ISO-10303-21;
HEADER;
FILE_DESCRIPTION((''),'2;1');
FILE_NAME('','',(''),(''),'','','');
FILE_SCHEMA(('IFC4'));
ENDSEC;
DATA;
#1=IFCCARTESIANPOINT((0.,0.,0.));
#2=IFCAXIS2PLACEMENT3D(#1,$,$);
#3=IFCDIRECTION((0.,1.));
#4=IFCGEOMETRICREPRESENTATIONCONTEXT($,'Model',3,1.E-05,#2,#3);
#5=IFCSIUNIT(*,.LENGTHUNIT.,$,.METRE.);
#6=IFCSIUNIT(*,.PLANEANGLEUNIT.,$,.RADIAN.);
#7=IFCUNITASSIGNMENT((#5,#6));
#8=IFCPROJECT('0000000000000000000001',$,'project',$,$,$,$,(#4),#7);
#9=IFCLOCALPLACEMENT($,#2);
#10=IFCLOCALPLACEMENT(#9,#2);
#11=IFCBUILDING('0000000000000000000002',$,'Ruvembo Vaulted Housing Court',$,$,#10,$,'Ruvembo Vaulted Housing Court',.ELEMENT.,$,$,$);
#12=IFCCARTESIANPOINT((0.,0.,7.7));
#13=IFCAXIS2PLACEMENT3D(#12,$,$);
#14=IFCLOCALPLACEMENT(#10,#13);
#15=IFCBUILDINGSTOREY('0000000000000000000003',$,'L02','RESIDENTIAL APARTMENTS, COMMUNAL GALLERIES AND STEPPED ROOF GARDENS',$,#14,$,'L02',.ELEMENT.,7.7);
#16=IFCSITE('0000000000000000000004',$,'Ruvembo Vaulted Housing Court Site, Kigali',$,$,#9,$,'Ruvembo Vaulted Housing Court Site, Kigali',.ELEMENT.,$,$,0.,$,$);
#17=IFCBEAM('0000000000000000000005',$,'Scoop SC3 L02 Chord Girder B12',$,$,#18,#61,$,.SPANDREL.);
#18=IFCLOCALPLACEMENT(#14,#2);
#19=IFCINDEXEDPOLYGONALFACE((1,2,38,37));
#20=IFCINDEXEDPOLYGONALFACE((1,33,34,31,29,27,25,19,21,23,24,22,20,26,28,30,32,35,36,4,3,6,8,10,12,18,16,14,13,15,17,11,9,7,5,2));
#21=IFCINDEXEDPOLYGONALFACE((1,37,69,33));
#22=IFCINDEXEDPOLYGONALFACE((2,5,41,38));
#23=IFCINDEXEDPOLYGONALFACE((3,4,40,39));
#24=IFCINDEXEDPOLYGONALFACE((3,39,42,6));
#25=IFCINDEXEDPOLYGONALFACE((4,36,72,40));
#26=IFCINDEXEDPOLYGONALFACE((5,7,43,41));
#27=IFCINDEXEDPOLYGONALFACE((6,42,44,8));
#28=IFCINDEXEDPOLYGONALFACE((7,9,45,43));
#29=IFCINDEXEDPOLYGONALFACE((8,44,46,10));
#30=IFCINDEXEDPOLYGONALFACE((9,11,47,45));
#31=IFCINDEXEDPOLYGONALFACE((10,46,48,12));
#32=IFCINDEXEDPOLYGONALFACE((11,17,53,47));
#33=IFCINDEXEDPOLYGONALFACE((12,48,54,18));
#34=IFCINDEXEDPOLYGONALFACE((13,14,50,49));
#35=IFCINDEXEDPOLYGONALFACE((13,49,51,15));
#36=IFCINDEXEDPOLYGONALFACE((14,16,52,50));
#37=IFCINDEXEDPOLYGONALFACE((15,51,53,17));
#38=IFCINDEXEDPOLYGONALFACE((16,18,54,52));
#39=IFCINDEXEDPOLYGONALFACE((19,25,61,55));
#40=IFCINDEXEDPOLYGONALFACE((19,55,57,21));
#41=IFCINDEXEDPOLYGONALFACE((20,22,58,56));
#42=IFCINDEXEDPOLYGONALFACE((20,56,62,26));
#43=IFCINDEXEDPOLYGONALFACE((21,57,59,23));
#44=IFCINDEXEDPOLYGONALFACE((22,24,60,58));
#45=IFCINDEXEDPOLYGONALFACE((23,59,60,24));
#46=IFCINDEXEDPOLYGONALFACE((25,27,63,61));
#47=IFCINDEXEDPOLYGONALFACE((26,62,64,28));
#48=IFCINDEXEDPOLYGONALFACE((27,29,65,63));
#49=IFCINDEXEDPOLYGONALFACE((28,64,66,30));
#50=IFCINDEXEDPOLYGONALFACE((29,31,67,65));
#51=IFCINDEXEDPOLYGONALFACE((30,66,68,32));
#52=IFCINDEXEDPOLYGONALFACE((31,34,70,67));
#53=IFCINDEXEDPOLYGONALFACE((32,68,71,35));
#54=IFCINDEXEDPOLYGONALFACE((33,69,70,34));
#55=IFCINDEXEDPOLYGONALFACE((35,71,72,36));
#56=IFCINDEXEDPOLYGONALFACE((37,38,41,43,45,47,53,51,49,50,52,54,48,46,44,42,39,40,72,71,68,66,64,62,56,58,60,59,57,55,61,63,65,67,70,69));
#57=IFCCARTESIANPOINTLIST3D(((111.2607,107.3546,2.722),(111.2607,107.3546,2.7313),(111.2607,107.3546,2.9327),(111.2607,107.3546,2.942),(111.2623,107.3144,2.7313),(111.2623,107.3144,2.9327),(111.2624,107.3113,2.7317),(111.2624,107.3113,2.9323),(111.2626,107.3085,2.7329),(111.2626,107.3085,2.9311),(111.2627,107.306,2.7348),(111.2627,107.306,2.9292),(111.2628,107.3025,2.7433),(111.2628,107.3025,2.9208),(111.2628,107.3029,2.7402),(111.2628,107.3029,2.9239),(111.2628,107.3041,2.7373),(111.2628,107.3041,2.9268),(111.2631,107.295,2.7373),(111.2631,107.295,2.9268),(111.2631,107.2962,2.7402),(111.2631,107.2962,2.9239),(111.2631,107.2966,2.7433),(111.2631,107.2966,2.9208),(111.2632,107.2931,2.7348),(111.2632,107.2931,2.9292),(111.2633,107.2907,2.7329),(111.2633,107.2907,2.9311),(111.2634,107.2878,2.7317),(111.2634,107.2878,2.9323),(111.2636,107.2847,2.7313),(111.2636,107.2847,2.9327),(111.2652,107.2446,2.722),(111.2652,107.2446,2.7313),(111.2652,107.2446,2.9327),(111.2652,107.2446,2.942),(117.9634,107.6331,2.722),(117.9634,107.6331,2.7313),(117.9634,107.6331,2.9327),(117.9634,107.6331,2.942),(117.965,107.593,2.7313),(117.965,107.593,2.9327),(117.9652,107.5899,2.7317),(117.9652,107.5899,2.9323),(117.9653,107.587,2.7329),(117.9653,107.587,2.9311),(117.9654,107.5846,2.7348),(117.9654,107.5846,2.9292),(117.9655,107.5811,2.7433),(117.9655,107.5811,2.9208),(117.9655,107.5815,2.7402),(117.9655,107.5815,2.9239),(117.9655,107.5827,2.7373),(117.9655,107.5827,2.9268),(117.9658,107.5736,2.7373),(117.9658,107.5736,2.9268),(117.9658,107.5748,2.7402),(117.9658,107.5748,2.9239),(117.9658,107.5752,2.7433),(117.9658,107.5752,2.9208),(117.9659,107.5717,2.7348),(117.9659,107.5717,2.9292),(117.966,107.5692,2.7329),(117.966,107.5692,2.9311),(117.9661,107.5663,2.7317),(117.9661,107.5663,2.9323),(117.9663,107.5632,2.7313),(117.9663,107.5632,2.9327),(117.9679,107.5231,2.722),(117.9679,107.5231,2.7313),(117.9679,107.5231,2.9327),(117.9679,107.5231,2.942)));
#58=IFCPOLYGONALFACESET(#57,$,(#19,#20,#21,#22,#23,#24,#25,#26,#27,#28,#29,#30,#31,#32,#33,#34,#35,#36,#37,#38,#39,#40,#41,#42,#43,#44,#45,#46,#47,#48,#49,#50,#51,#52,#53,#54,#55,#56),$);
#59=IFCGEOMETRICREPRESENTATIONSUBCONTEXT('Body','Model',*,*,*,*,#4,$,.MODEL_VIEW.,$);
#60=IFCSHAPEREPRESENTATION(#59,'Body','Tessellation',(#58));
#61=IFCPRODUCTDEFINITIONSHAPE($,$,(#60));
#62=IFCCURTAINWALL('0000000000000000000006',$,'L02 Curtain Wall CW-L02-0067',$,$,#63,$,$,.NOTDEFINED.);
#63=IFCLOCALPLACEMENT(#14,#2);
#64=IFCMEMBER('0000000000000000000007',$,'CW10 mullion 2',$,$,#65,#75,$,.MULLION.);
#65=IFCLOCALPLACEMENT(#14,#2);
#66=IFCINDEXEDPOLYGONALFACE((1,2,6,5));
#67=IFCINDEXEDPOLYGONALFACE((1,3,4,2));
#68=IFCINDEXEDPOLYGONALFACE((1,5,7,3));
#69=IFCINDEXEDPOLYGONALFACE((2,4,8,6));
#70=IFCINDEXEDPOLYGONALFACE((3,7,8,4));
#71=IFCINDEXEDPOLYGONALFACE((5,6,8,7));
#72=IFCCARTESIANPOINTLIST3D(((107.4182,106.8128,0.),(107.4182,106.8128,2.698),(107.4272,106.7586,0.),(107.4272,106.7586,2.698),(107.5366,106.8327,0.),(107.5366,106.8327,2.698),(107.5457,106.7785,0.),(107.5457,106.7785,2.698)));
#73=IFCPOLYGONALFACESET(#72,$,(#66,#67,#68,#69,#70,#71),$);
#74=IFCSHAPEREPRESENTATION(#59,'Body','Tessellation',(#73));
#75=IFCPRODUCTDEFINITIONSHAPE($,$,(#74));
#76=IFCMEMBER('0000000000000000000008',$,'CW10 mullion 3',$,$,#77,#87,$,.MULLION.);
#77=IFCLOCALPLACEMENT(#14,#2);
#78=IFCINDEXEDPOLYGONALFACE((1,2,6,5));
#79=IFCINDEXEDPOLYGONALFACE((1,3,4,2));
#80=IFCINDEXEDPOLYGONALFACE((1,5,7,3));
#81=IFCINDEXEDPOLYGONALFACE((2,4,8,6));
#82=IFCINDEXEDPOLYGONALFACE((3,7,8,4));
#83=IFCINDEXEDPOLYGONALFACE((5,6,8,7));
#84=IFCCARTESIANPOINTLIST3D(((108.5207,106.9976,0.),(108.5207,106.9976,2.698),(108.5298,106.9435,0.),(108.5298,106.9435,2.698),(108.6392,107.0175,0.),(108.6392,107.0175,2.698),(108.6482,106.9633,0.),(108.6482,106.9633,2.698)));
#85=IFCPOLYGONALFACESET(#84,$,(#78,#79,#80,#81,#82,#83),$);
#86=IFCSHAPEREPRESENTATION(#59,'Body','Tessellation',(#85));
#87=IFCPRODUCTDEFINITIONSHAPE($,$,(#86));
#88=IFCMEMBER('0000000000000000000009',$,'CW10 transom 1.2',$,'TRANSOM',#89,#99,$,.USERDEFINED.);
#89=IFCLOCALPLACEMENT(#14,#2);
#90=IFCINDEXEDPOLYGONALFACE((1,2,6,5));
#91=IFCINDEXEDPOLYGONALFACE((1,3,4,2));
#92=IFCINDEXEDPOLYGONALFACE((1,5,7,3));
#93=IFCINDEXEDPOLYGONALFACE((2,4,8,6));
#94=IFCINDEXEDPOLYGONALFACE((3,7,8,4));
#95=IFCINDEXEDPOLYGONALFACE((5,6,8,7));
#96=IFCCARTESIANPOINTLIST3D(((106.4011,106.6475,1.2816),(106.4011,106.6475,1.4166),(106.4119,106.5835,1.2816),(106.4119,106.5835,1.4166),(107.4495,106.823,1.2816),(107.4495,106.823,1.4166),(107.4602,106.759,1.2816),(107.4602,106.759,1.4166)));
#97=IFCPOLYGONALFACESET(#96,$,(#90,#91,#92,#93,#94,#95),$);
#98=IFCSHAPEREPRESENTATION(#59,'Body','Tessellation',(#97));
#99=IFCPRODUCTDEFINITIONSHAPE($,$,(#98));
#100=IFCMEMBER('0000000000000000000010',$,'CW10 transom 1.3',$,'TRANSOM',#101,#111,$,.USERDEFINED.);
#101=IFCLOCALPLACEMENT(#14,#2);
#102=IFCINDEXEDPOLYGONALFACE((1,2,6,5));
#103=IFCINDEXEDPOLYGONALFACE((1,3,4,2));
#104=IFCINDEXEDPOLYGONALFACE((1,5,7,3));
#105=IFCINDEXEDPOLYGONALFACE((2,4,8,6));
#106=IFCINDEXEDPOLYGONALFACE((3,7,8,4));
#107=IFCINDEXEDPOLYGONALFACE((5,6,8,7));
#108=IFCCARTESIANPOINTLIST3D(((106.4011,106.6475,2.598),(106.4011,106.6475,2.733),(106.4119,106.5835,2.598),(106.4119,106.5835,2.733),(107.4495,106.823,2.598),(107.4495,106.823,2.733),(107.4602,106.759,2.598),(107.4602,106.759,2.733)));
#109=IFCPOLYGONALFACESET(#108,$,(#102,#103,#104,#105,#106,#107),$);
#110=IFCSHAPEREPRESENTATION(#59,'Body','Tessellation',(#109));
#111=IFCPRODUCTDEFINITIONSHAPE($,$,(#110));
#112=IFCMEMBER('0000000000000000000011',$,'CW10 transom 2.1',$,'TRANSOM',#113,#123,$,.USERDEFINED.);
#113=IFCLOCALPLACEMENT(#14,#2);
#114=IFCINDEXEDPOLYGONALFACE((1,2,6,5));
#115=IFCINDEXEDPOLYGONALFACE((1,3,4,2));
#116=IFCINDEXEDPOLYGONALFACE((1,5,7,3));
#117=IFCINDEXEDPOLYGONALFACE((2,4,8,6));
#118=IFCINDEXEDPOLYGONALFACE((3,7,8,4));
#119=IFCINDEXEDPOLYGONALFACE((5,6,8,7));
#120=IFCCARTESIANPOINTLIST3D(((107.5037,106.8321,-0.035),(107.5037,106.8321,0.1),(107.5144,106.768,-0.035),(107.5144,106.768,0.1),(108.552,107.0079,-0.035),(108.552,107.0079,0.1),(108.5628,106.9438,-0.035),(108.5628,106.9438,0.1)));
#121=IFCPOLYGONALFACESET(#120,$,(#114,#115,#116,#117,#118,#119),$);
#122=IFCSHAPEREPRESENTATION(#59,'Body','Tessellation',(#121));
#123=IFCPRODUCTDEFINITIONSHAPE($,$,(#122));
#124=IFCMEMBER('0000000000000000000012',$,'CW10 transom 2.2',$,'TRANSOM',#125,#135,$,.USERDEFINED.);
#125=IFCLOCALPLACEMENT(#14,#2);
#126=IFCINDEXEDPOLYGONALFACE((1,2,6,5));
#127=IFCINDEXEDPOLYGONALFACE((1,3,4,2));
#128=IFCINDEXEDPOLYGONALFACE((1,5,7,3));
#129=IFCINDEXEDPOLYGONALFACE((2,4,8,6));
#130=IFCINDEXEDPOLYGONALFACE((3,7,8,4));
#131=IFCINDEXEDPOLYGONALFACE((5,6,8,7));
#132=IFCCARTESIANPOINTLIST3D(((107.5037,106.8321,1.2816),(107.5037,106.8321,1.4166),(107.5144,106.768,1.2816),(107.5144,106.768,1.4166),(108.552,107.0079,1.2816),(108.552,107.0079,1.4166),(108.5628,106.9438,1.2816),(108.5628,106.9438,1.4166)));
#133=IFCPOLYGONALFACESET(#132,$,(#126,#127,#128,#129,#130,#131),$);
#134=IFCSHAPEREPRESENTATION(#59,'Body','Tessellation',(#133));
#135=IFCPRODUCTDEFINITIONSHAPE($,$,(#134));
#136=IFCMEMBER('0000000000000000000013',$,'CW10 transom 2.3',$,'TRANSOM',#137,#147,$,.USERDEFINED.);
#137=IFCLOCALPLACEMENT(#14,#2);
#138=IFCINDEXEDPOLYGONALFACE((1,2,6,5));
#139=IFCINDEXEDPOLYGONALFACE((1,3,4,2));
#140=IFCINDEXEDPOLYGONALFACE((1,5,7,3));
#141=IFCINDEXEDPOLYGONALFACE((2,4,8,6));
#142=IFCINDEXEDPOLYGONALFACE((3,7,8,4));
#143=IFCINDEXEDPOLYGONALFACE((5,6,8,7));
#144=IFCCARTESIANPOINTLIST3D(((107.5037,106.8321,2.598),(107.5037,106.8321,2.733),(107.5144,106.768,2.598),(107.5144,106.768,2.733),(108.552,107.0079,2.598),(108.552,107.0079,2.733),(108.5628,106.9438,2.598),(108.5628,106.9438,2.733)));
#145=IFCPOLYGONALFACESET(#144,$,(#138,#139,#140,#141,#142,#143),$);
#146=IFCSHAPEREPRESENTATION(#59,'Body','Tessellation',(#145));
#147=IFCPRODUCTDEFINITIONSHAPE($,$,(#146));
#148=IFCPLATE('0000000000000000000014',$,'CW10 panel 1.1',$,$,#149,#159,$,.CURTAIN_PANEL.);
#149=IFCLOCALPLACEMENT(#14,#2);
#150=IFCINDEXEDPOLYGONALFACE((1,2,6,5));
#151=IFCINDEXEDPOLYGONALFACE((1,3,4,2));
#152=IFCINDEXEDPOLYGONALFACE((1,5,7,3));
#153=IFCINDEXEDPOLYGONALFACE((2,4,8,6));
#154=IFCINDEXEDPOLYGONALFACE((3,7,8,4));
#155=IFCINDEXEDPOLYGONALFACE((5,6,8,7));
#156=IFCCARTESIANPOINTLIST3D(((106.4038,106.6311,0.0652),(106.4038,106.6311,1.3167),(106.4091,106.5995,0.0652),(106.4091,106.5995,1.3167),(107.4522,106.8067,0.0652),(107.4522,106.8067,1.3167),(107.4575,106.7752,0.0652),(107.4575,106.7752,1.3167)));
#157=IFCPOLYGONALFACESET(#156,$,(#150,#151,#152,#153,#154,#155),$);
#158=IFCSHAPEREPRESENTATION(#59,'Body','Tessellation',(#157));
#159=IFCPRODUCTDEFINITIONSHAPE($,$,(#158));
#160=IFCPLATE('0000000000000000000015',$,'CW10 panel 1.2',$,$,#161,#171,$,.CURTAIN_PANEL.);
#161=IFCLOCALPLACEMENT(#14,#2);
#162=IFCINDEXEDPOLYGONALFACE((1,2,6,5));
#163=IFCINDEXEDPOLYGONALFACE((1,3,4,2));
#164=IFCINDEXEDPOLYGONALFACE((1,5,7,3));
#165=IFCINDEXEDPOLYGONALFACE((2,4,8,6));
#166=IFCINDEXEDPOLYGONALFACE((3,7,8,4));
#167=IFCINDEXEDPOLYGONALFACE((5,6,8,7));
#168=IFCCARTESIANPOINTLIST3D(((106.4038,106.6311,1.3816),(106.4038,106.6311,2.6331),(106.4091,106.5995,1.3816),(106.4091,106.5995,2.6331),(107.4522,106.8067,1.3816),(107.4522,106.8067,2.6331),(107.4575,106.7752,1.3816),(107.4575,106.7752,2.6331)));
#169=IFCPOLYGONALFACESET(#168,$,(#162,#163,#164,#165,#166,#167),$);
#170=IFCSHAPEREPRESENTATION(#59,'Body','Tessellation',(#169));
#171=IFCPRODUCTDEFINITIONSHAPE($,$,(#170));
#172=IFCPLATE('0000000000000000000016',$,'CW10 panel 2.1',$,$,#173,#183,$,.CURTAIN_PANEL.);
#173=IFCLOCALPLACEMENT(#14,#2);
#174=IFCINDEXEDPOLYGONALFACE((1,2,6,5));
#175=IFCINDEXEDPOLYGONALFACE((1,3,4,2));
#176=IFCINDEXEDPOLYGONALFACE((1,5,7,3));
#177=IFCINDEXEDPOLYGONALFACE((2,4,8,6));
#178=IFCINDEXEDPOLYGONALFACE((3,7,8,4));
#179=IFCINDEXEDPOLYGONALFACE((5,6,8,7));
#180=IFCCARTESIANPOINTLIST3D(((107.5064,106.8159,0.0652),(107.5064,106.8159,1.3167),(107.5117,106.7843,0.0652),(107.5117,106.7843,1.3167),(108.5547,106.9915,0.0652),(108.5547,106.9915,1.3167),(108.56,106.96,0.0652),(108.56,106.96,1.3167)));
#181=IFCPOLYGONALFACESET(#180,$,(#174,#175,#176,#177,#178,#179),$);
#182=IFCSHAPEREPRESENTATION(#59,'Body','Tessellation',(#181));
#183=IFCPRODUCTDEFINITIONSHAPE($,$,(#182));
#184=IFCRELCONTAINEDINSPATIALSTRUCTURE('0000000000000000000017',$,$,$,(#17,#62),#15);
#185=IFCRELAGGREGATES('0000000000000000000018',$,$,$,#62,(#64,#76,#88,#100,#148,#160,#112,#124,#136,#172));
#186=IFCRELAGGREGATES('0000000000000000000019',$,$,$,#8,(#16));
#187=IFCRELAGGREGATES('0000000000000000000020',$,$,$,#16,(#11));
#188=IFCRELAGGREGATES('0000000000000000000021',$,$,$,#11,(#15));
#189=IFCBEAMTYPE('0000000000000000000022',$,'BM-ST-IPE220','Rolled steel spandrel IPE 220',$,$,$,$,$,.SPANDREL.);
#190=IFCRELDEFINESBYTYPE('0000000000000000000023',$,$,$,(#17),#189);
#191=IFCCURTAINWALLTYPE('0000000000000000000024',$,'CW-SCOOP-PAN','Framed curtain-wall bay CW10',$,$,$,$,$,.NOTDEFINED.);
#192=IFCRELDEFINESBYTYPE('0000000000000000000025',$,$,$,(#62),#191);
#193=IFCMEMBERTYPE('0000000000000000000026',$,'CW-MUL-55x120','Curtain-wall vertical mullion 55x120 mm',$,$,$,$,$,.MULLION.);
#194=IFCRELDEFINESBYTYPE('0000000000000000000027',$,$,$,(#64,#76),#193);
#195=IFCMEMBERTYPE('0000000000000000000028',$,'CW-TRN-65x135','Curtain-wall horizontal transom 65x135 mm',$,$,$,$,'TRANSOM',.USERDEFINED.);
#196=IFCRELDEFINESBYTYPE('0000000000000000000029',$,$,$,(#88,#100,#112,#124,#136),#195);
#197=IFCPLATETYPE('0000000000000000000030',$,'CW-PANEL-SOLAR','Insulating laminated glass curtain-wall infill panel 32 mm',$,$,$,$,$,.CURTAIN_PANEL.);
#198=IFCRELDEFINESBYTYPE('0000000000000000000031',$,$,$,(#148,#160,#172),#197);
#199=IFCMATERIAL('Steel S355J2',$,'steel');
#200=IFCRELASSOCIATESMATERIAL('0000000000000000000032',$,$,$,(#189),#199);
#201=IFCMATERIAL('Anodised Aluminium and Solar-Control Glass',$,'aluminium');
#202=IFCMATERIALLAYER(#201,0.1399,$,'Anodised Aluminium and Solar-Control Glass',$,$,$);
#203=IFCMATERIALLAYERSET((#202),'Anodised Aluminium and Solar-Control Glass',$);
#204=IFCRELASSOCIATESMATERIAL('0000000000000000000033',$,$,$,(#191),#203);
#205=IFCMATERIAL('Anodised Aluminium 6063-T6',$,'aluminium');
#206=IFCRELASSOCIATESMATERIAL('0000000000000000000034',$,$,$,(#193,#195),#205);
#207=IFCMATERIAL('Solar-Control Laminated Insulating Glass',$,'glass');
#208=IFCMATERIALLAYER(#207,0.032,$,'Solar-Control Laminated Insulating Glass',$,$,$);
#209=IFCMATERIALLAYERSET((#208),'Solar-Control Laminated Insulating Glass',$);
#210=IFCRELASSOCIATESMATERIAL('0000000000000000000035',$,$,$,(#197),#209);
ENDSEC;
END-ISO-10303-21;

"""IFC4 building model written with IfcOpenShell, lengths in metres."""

from ifc_helpers import new_model, si_unit, direction, frame, origin, origin_2d, place, context, subcontext, project, spatial, rectangle, i_section, extrude, material, layer, layer_set, material_profile, profile_set, type_object, element, aggregate, save


model = new_model("IFC4")

# Units and contexts
model_context = context("Model", 3, precision=1e-05, world=origin(), true_north=direction((0.0, 1.0)))
body_context = subcontext(model_context, "Body", "Model", "MODEL_VIEW")
ifc_project = project(units=[si_unit("LENGTHUNIT", "METRE"), si_unit("PLANEANGLEUNIT", "RADIAN")], contexts=[model_context])

# Site, building, storey
site_placement = place(None, origin())
site = spatial("IfcSite", under=ifc_project, at=site_placement, Name="Ruvembo Vaulted Housing Court Site, Kigali", LongName="Ruvembo Vaulted Housing Court Site, Kigali", CompositionType="ELEMENT", RefElevation=0.0)
building_placement = place(site_placement, origin())
building = spatial("IfcBuilding", under=site, at=building_placement, Name="Ruvembo Vaulted Housing Court", LongName="Ruvembo Vaulted Housing Court", CompositionType="ELEMENT")
storey_placement = place(building_placement, frame((0.0, 0.0, 7.7)))
storey = spatial("IfcBuildingStorey", under=building, at=storey_placement, Name="L02", Description="RESIDENTIAL APARTMENTS, COMMUNAL GALLERIES AND STEPPED ROOF GARDENS", LongName="L02", CompositionType="ELEMENT", Elevation=7.7)

# Beam
ifc_material_1 = material(Name="Steel S355J2", Category="steel")
ifc_material_profile_1 = material_profile(ifc_material_1, i_section(OverallWidth=0.1101, OverallDepth=0.22, WebThickness=0.0059, FlangeThickness=0.0093, FilletRadius=0.012, at=origin_2d()), Name="IPE 220")
ifc_profile_set_1 = profile_set([ifc_material_profile_1], Name="Steel S355J2")
beam_type_1 = type_object("IfcBeamType", Name="BM-ST-IPE220", Description="Rolled steel spandrel IPE 220", PredefinedType="SPANDREL", material=ifc_profile_set_1)
beam_1_placement = place(storey_placement, frame((111.2629, 107.2996, 2.832), z_axis=(0.999137, 0.041525, 0.0), x_axis=(-0.041525, 0.999137, 0.0)))
element("IfcBeam", 1, at=beam_1_placement, inside=storey, type_object=beam_type_1, Name="Scoop SC3 L02 Chord Girder B12", PredefinedType="SPANDREL", context=body_context, shape_type="SweptSolid", body=[
    extrude(i_section(OverallWidth=0.1101, OverallDepth=0.22, WebThickness=0.0059, FlangeThickness=0.0093, FilletRadius=0.012, at=origin_2d()), origin(), (0.0, 0.0, 1.0), 6.7085),
])

# Curtain wall, members, plates
ifc_material_2 = material(Name="Anodised Aluminium and Solar-Control Glass", Category="aluminium")
ifc_layer_1 = layer(ifc_material_2, 0.1399, Name="Anodised Aluminium and Solar-Control Glass")
ifc_layer_set_1 = layer_set([ifc_layer_1], Name="Anodised Aluminium and Solar-Control Glass")
curtain_wall_type = type_object("IfcCurtainWallType", Name="CW-SCOOP-PAN", Description="Framed curtain-wall bay CW10", PredefinedType="NOTDEFINED", material=ifc_layer_set_1)
curtain_wall_placement = place(storey_placement, origin())
curtain_wall = element("IfcCurtainWall", 2, at=curtain_wall_placement, inside=storey, type_object=curtain_wall_type, Name="L02 Curtain Wall CW-L02-0067", PredefinedType="NOTDEFINED")
ifc_material_3 = material(Name="Anodised Aluminium 6063-T6", Category="aluminium")
ifc_material_profile_2 = material_profile(ifc_material_3, rectangle(XDim=0.0549, YDim=0.1201, at=origin_2d()), Name="ALU 55x120")
ifc_profile_set_2 = profile_set([ifc_material_profile_2], Name="Anodised Aluminium 6063-T6")
member_type_1 = type_object("IfcMemberType", Name="CW-MUL-55x120", Description="Curtain-wall vertical mullion 55x120 mm", PredefinedType="MULLION", material=ifc_profile_set_2)
member_1_placement = place(storey_placement, frame((107.4819, 106.7957, 0.0), z_axis=(0.0, 0.0, 1.0), x_axis=(-0.165263, 0.98625, 0.0)))
member_1 = element("IfcMember", 3, at=member_1_placement, type_object=member_type_1, Name="CW10 mullion 2", PredefinedType="MULLION", context=body_context, shape_type="SweptSolid", body=[
    extrude(rectangle(XDim=0.0549, YDim=0.1201, at=origin_2d()), origin(), (0.0, 0.0, 1.0), 2.698),
])
member_2_placement = place(storey_placement, frame((108.5845, 106.9805, 0.0), z_axis=(0.0, 0.0, 1.0), x_axis=(-0.165263, 0.98625, 0.0)))
member_2 = element("IfcMember", 4, at=member_2_placement, type_object=member_type_1, Name="CW10 mullion 3", PredefinedType="MULLION", context=body_context, shape_type="SweptSolid", body=[
    extrude(rectangle(XDim=0.0549, YDim=0.1201, at=origin_2d()), origin(), (0.0, 0.0, 1.0), 2.698),
])
ifc_material_profile_3 = material_profile(ifc_material_3, rectangle(XDim=0.0649, YDim=0.135, at=origin_2d()), Name="ALU 65x135")
ifc_profile_set_3 = profile_set([ifc_material_profile_3], Name="Anodised Aluminium 6063-T6")
member_type_2 = type_object("IfcMemberType", Name="CW-TRN-65x135", Description="Curtain-wall horizontal transom 65x135 mm", ElementType="TRANSOM", PredefinedType="USERDEFINED", material=ifc_profile_set_3)
member_3_placement = place(storey_placement, frame((106.4065, 106.6155, 1.3491), z_axis=(0.986269, 0.165144, 0.0), x_axis=(-0.165144, 0.986269, 0.0)))
member_3 = element("IfcMember", 5, at=member_3_placement, type_object=member_type_2, Name="CW10 transom 1.2", ObjectType="TRANSOM", PredefinedType="USERDEFINED", context=body_context, shape_type="SweptSolid", body=[
    extrude(rectangle(XDim=0.0649, YDim=0.135, at=origin_2d()), origin(), (0.0, 0.0, 1.0), 1.063),
])
member_4_placement = place(storey_placement, frame((106.4065, 106.6155, 2.6655), z_axis=(0.986269, 0.165144, 0.0), x_axis=(-0.165144, 0.986269, 0.0)))
member_4 = element("IfcMember", 6, at=member_4_placement, type_object=member_type_2, Name="CW10 transom 1.3", ObjectType="TRANSOM", PredefinedType="USERDEFINED", context=body_context, shape_type="SweptSolid", body=[
    extrude(rectangle(XDim=0.0649, YDim=0.135, at=origin_2d()), origin(), (0.0, 0.0, 1.0), 1.063),
])
member_5_placement = place(storey_placement, frame((107.509, 106.8, 0.0325), z_axis=(0.986232, 0.165367, 0.0), x_axis=(-0.165367, 0.986232, 0.0)))
member_5 = element("IfcMember", 7, at=member_5_placement, type_object=member_type_2, Name="CW10 transom 2.1", ObjectType="TRANSOM", PredefinedType="USERDEFINED", context=body_context, shape_type="SweptSolid", body=[
    extrude(rectangle(XDim=0.0649, YDim=0.135, at=origin_2d()), origin(), (0.0, 0.0, 1.0), 1.063),
])
member_6_placement = place(storey_placement, frame((107.509, 106.8, 1.3491), z_axis=(0.986232, 0.165367, 0.0), x_axis=(-0.165367, 0.986232, 0.0)))
member_6 = element("IfcMember", 8, at=member_6_placement, type_object=member_type_2, Name="CW10 transom 2.2", ObjectType="TRANSOM", PredefinedType="USERDEFINED", context=body_context, shape_type="SweptSolid", body=[
    extrude(rectangle(XDim=0.0649, YDim=0.135, at=origin_2d()), origin(), (0.0, 0.0, 1.0), 1.063),
])
member_7_placement = place(storey_placement, frame((107.509, 106.8, 2.6655), z_axis=(0.986232, 0.165367, 0.0), x_axis=(-0.165367, 0.986232, 0.0)))
member_7 = element("IfcMember", 9, at=member_7_placement, type_object=member_type_2, Name="CW10 transom 2.3", ObjectType="TRANSOM", PredefinedType="USERDEFINED", context=body_context, shape_type="SweptSolid", body=[
    extrude(rectangle(XDim=0.0649, YDim=0.135, at=origin_2d()), origin(), (0.0, 0.0, 1.0), 1.063),
])
ifc_material_4 = material(Name="Solar-Control Laminated Insulating Glass", Category="glass")
ifc_layer_2 = layer(ifc_material_4, 0.032, Name="Solar-Control Laminated Insulating Glass")
ifc_layer_set_2 = layer_set([ifc_layer_2], Name="Solar-Control Laminated Insulating Glass")
plate_type_1 = type_object("IfcPlateType", Name="CW-PANEL-SOLAR", Description="Insulating laminated glass curtain-wall infill panel 32 mm", PredefinedType="CURTAIN_PANEL", material=ifc_layer_set_2)
plate_1_placement = place(storey_placement, frame((106.9307, 106.7031, 0.0652), z_axis=(0.0, 0.0, 1.0), x_axis=(0.98625, 0.165263, 0.0)))
plate_1 = element("IfcPlate", 10, at=plate_1_placement, type_object=plate_type_1, Name="CW10 panel 1.1", PredefinedType="CURTAIN_PANEL", context=body_context, shape_type="SweptSolid", body=[
    extrude(rectangle(XDim=1.063, YDim=0.032, at=origin_2d()), origin(), (0.0, 0.0, 1.0), 1.2515),
])
plate_2_placement = place(storey_placement, frame((106.9307, 106.7031, 1.3816), z_axis=(0.0, 0.0, 1.0), x_axis=(0.98625, 0.165263, 0.0)))
plate_2 = element("IfcPlate", 11, at=plate_2_placement, type_object=plate_type_1, Name="CW10 panel 1.2", PredefinedType="CURTAIN_PANEL", context=body_context, shape_type="SweptSolid", body=[
    extrude(rectangle(XDim=1.063, YDim=0.032, at=origin_2d()), origin(), (0.0, 0.0, 1.0), 1.2515),
])
plate_3_placement = place(storey_placement, frame((108.0332, 106.8879, 0.0652), z_axis=(0.0, 0.0, 1.0), x_axis=(0.98625, 0.165263, 0.0)))
plate_3 = element("IfcPlate", 12, at=plate_3_placement, type_object=plate_type_1, Name="CW10 panel 2.1", PredefinedType="CURTAIN_PANEL", context=body_context, shape_type="SweptSolid", body=[
    extrude(rectangle(XDim=1.063, YDim=0.032, at=origin_2d()), origin(), (0.0, 0.0, 1.0), 1.2515),
])
aggregate(curtain_wall, [member_1, member_2, member_3, member_4, plate_1, plate_2, member_5, member_6, member_7, plate_3])

save(model, "model.ifc")
